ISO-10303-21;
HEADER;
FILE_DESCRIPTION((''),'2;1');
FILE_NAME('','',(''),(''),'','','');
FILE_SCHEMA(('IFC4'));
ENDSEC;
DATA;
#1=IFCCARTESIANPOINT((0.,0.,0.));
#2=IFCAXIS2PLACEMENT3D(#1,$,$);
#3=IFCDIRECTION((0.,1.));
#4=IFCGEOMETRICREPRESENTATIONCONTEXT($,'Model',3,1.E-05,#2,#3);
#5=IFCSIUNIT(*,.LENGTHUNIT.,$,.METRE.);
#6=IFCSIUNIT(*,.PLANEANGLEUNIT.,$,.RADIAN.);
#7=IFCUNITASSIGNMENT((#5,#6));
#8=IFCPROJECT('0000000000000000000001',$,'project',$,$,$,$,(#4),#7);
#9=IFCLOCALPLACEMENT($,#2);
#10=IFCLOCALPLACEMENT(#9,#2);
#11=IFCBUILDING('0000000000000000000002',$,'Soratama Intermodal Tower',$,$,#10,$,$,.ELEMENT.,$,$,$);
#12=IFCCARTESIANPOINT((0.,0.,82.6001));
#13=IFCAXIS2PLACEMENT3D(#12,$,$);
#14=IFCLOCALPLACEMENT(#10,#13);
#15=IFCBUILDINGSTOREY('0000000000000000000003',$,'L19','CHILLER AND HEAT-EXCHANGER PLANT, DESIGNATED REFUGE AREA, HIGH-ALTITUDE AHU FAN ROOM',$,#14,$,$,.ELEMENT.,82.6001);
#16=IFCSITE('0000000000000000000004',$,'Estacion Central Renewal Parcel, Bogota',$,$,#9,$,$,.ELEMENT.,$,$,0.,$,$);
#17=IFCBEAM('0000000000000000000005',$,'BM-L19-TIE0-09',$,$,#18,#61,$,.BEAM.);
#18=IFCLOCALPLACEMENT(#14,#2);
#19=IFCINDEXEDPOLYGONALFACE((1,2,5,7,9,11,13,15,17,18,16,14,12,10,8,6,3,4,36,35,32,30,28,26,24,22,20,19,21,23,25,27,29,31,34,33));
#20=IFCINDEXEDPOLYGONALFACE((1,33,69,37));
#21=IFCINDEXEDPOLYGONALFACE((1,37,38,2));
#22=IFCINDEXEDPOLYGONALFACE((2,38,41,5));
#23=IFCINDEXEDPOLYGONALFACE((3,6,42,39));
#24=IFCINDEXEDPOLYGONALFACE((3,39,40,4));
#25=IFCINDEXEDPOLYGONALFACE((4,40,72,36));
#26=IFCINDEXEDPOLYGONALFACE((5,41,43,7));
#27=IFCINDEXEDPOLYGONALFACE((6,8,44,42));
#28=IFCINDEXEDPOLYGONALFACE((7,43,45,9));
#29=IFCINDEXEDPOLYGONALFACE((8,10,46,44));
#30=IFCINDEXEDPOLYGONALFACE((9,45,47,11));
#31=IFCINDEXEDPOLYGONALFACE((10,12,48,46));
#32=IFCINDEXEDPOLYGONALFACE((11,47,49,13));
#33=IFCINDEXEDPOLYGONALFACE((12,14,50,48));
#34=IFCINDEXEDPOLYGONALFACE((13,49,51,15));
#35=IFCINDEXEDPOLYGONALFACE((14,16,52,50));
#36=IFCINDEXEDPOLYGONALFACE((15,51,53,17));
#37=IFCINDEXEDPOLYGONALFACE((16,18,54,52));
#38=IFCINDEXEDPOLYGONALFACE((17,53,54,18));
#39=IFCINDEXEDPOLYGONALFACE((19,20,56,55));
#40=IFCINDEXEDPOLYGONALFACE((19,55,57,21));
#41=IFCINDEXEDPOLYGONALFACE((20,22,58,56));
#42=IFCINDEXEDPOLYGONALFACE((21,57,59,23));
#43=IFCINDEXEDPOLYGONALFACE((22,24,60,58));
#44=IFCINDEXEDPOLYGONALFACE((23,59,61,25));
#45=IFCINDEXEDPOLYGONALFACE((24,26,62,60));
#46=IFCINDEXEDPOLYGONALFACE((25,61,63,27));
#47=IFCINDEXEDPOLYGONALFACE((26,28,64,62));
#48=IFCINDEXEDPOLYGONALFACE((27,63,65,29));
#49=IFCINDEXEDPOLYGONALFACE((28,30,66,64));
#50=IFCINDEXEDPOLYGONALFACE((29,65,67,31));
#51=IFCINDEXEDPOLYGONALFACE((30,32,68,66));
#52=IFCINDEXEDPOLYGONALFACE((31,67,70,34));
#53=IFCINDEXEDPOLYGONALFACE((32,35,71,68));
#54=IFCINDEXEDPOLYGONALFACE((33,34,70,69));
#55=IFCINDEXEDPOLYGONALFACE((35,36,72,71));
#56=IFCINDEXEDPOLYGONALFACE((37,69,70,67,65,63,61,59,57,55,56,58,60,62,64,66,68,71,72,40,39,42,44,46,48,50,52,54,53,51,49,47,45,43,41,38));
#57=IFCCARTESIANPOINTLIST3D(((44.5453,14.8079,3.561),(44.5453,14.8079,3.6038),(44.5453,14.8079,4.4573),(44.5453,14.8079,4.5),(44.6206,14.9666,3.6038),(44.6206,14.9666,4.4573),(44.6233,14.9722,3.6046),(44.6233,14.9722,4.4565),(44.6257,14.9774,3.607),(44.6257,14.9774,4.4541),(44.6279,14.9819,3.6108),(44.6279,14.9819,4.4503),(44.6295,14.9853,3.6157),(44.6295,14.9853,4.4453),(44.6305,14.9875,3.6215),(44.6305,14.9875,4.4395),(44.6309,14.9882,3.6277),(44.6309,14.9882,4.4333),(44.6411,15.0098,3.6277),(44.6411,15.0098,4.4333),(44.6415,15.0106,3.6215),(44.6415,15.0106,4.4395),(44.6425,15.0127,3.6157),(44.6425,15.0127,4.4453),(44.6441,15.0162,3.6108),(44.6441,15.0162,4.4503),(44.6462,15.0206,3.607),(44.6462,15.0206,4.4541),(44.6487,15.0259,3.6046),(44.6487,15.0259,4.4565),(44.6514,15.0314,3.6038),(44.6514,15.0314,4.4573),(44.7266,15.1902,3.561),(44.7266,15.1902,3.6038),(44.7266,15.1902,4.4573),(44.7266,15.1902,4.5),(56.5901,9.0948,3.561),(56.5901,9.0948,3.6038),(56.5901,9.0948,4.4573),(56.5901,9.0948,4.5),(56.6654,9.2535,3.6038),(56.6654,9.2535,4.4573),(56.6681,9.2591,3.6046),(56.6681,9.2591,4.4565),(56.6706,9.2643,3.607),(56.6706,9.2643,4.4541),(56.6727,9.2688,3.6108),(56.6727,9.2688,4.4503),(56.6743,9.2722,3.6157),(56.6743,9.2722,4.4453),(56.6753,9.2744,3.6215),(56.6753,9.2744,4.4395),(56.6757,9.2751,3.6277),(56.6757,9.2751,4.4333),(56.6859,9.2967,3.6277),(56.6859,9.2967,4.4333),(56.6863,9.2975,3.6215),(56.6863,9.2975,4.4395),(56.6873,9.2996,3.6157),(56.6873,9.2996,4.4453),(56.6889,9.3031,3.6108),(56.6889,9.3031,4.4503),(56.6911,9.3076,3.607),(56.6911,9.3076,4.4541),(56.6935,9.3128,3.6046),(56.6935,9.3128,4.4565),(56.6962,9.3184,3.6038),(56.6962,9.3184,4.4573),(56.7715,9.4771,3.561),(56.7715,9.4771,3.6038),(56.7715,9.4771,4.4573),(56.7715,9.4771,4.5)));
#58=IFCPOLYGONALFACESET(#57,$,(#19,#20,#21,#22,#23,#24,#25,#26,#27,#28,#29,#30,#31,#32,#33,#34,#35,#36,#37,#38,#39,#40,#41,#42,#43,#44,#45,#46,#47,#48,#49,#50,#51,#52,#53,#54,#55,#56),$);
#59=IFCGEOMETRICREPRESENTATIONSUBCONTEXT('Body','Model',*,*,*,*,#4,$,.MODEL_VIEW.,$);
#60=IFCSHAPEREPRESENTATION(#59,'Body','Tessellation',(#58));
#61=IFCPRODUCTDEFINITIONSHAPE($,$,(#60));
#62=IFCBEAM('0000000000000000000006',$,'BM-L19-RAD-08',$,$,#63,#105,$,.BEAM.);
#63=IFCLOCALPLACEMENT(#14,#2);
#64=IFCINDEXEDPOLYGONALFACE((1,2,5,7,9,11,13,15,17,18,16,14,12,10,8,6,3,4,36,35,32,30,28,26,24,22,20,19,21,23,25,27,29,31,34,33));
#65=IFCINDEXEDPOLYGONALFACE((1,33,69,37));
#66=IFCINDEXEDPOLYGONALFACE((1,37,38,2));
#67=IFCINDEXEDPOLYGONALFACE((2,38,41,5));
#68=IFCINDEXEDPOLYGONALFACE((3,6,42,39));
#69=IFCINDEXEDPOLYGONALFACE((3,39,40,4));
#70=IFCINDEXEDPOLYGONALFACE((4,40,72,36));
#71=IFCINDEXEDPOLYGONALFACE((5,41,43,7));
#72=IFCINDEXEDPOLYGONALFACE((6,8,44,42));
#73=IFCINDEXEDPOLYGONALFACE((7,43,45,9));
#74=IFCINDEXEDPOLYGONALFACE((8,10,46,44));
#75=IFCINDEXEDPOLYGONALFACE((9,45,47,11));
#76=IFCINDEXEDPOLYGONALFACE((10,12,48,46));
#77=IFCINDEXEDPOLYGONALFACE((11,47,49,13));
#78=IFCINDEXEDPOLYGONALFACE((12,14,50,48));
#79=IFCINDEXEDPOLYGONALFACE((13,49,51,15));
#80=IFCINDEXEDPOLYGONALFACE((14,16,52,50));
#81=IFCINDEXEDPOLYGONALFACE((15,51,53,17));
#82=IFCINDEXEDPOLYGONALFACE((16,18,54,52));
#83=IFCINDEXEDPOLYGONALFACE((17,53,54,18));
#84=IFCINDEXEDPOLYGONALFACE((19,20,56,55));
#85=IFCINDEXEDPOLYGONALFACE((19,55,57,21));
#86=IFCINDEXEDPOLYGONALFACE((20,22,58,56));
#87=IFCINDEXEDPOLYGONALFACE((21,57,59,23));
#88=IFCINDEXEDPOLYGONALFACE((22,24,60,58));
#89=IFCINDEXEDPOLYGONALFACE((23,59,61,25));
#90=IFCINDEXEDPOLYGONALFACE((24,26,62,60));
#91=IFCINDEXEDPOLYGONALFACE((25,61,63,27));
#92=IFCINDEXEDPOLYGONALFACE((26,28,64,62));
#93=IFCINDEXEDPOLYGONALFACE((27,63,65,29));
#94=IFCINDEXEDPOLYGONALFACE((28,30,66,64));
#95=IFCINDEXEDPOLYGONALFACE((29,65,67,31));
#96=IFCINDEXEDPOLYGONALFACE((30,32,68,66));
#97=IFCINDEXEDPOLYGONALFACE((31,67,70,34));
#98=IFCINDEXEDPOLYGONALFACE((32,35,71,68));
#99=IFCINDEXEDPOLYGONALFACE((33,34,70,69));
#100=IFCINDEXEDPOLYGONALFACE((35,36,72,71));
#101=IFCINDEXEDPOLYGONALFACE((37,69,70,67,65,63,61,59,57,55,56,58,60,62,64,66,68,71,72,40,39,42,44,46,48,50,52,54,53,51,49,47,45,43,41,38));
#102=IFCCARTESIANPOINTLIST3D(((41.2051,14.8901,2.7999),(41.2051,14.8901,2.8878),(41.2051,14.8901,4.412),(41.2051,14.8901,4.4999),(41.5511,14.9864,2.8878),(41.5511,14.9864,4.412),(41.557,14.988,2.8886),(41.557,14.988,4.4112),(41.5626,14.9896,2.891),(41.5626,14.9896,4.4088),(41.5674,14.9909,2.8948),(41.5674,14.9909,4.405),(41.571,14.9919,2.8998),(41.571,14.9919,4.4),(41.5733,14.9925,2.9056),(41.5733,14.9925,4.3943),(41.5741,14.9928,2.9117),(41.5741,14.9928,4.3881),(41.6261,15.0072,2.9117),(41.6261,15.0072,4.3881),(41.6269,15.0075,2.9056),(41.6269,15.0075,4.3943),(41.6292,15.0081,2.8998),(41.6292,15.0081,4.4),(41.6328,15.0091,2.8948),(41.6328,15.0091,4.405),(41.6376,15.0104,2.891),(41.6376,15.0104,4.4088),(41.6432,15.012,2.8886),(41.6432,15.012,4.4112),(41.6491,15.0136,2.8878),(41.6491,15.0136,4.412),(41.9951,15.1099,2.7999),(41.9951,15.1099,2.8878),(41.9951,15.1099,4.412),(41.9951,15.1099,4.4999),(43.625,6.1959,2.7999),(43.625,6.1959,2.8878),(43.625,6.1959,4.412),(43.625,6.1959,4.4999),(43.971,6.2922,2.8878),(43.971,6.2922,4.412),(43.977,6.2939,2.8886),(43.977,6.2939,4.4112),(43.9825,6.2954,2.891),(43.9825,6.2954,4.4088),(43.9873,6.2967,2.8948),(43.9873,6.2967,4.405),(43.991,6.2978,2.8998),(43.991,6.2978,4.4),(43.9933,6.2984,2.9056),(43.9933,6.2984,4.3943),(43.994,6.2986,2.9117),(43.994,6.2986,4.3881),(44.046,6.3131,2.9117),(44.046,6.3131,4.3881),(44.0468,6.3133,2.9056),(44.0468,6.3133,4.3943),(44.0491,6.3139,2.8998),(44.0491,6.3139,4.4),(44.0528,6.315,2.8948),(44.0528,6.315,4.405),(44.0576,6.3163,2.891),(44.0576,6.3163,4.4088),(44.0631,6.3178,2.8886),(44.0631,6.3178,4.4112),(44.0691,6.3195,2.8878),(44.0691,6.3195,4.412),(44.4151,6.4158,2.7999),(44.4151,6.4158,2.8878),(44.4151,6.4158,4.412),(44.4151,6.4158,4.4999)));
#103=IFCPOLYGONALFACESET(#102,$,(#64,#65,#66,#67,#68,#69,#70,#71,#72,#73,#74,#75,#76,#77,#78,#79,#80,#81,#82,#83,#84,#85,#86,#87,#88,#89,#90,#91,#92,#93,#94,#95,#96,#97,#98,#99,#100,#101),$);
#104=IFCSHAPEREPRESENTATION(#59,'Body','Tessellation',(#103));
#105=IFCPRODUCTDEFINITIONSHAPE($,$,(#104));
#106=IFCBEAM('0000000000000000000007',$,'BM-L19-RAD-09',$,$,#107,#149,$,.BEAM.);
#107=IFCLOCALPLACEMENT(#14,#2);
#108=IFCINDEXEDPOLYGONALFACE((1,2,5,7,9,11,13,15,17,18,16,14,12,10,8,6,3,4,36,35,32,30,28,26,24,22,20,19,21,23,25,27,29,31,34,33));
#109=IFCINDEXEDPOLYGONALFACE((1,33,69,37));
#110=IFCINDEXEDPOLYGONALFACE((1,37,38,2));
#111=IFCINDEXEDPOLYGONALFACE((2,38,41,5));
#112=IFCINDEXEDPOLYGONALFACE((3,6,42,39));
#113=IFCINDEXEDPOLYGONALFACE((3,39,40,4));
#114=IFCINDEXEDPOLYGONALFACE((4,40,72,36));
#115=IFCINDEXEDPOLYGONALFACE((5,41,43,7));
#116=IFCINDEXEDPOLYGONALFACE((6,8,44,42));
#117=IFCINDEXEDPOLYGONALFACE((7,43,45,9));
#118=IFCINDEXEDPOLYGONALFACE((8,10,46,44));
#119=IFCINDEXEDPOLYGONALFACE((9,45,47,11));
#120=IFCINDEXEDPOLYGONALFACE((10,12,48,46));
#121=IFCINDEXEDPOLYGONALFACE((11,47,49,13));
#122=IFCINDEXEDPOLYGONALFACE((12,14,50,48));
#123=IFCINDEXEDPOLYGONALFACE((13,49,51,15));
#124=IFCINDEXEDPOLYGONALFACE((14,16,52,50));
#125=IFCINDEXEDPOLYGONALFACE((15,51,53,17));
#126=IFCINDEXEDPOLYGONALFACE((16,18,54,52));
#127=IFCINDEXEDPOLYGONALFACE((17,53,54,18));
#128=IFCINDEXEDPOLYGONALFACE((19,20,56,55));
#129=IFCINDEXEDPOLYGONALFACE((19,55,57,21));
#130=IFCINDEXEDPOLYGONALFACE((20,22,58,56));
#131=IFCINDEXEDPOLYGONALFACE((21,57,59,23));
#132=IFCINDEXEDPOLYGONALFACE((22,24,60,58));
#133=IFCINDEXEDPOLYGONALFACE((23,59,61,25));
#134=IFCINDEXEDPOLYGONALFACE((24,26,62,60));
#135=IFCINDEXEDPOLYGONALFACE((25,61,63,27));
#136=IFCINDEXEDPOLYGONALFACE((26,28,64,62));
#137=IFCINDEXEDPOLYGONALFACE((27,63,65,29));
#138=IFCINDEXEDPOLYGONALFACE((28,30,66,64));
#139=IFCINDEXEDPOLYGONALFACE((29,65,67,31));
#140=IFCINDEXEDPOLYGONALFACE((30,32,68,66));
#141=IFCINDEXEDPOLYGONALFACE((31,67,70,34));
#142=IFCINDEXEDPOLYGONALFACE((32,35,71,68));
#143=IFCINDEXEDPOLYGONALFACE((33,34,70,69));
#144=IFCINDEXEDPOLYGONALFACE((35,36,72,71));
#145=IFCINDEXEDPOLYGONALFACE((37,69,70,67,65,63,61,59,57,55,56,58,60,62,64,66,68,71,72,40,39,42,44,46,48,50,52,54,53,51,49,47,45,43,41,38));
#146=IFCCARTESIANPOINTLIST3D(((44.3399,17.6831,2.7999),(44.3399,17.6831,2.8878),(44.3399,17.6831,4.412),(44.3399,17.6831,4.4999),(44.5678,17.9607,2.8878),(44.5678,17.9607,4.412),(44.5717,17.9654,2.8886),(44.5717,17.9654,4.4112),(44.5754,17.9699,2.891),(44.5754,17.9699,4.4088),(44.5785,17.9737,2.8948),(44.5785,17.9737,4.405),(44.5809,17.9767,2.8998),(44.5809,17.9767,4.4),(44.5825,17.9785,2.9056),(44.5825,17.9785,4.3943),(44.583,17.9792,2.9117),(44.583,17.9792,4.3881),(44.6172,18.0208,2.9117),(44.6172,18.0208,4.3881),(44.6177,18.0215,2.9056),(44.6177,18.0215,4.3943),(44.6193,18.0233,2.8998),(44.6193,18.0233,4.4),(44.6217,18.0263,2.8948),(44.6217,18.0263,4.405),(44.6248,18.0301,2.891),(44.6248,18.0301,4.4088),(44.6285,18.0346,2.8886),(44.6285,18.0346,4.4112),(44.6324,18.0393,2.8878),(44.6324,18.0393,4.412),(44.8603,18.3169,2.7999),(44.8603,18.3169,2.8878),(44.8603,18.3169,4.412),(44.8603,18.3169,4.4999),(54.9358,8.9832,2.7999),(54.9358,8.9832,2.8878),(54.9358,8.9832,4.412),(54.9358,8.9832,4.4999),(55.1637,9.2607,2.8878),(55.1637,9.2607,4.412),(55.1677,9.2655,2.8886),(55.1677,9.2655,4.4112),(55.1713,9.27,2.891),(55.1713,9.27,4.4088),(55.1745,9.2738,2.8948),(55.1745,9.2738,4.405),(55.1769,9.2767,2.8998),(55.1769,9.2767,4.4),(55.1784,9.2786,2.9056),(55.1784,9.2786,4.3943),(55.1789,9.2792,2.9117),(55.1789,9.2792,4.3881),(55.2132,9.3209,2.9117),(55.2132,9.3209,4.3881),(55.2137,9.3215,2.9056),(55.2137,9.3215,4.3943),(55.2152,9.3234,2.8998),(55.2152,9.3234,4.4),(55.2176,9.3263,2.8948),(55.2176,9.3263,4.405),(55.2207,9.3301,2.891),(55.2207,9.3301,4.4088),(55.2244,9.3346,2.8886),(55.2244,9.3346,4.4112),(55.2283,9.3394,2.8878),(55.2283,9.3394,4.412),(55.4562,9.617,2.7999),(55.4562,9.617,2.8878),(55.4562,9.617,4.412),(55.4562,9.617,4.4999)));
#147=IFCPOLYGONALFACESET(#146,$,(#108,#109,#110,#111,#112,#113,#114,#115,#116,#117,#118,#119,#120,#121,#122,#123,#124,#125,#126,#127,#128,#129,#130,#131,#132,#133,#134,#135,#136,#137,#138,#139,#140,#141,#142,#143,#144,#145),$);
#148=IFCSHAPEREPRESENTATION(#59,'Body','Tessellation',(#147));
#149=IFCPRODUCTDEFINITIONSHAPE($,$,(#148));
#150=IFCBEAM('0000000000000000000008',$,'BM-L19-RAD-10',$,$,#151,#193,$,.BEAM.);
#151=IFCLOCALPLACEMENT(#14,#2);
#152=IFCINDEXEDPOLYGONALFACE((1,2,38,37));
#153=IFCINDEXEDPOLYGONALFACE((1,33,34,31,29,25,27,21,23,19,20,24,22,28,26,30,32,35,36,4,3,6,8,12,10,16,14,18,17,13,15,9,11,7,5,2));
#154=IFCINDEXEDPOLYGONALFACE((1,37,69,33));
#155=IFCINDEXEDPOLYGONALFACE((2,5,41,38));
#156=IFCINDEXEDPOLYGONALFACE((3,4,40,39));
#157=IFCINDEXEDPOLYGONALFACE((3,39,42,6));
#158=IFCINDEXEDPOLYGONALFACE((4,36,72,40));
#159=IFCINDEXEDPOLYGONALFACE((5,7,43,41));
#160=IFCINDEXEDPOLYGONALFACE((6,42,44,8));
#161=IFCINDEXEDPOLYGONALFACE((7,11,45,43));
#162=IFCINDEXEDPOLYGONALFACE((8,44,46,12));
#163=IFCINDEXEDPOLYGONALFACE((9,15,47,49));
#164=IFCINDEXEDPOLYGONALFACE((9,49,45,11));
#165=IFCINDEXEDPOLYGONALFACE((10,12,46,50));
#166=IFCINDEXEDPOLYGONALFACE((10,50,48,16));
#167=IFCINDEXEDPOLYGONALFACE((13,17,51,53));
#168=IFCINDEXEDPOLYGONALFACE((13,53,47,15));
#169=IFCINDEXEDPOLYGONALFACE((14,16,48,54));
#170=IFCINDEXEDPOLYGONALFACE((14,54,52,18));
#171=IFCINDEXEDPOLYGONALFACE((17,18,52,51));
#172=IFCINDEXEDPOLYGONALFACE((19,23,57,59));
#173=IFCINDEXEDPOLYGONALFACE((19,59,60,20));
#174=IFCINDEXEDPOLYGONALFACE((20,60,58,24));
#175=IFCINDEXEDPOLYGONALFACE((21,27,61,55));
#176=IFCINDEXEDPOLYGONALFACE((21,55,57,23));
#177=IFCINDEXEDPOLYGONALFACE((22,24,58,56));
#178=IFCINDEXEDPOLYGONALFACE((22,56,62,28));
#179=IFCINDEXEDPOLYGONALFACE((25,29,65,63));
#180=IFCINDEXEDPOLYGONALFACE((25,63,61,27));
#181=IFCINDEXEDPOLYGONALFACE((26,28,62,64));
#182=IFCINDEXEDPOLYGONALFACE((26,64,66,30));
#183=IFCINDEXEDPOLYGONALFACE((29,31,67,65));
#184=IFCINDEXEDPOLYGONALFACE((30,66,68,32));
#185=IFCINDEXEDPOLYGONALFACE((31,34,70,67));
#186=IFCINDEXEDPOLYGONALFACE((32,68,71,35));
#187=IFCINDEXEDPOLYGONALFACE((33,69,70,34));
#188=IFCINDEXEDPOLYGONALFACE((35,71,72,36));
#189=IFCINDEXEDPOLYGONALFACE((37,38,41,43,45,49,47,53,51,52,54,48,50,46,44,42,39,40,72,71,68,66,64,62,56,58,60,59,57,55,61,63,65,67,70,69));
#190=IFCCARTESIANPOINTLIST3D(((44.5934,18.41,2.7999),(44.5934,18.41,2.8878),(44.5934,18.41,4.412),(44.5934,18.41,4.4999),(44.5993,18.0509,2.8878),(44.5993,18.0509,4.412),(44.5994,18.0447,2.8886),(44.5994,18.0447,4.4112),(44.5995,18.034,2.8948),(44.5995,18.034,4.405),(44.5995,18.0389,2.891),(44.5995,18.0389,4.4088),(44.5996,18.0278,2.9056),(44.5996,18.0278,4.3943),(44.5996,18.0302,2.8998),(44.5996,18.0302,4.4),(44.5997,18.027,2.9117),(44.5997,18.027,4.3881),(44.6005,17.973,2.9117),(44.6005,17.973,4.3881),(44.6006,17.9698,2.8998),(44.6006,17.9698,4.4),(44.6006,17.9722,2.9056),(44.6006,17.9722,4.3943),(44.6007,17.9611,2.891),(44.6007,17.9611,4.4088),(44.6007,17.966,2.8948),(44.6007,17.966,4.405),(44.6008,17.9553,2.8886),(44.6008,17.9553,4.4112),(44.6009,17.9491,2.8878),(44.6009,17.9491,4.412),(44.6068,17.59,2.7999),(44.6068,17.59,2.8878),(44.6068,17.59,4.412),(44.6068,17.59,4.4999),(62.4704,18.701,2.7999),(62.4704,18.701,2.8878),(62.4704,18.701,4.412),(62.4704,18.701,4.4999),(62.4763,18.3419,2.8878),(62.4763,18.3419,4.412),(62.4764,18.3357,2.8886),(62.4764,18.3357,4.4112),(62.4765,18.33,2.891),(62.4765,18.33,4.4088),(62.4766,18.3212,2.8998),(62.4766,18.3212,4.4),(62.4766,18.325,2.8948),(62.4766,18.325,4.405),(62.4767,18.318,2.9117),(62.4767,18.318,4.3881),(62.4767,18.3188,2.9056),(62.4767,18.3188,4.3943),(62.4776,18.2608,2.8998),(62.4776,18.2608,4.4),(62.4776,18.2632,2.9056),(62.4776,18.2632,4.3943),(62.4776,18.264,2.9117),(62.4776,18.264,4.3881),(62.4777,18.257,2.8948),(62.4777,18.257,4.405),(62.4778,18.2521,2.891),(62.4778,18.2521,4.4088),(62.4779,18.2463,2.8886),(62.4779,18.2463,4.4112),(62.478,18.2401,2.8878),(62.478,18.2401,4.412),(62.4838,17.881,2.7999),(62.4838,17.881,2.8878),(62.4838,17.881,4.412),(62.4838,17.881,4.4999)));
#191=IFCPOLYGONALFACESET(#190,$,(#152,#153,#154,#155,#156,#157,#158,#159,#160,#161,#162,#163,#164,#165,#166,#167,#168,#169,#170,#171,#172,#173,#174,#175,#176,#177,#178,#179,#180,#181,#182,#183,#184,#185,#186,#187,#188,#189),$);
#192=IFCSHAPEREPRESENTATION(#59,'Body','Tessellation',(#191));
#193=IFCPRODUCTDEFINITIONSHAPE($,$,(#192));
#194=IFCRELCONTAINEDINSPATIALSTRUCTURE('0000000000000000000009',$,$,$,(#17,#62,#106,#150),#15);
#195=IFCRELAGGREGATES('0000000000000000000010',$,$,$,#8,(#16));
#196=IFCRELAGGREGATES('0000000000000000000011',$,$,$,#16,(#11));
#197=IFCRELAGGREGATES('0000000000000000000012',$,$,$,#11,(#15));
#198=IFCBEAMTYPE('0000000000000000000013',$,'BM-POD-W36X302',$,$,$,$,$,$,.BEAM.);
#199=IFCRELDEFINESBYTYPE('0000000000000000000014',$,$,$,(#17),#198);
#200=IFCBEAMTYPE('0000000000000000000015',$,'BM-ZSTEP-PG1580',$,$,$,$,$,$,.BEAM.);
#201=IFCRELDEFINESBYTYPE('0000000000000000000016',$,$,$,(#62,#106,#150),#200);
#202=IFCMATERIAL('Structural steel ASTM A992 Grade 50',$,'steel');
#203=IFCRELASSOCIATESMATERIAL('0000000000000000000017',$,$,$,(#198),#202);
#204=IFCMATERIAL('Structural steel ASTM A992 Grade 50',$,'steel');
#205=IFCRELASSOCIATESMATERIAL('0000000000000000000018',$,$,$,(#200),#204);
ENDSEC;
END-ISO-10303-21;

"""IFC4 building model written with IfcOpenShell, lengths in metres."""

from ifc_helpers import new_model, si_unit, direction, frame, origin, origin_2d, place, context, subcontext, project, spatial, i_section, extrude, material, material_profile, profile_set, type_object, element, save


model = new_model("IFC4")

# Units and contexts
model_context = context("Model", 3, precision=1e-05, world=origin(), true_north=direction((0.0, 1.0)))
body_context = subcontext(model_context, "Body", "Model", "MODEL_VIEW")
ifc_project = project(units=[si_unit("LENGTHUNIT", "METRE"), si_unit("PLANEANGLEUNIT", "RADIAN")], contexts=[model_context])

# Site, building, storey
site_placement = place(None, origin())
site = spatial("IfcSite", under=ifc_project, at=site_placement, Name="Estacion Central Renewal Parcel, Bogota", CompositionType="ELEMENT", RefElevation=0.0)
building_placement = place(site_placement, origin())
building = spatial("IfcBuilding", under=site, at=building_placement, Name="Soratama Intermodal Tower", CompositionType="ELEMENT")
storey_placement = place(building_placement, frame((0.0, 0.0, 82.6001)))
storey = spatial("IfcBuildingStorey", under=building, at=storey_placement, Name="L19", Description="CHILLER AND HEAT-EXCHANGER PLANT, DESIGNATED REFUGE AREA, HIGH-ALTITUDE AHU FAN ROOM", CompositionType="ELEMENT", Elevation=82.6001)

# Beams
ifc_material_1 = material(Name="Structural steel ASTM A992 Grade 50", Category="steel")
ifc_material_profile_1 = material_profile(ifc_material_1, i_section(OverallWidth=0.4231, OverallDepth=0.939, WebThickness=0.0239, FlangeThickness=0.0427, FilletRadius=0.0239, at=origin_2d()), Name="W36X302")
ifc_profile_set_1 = profile_set([ifc_material_profile_1], Name="Structural steel ASTM A992 Grade 50")
beam_type_1 = type_object("IfcBeamType", Name="BM-POD-W36X302", PredefinedType="BEAM", material=ifc_profile_set_1)
beam_1_placement = place(storey_placement, frame((44.636, 14.999, 4.0305), z_axis=(0.903516, -0.428555, 0.0), x_axis=(0.428555, 0.903516, 0.0)))
element("IfcBeam", 1, at=beam_1_placement, inside=storey, type_object=beam_type_1, Name="BM-L19-TIE0-09", PredefinedType="BEAM", context=body_context, shape_type="SweptSolid", body=[
    extrude(i_section(OverallWidth=0.4231, OverallDepth=0.939, WebThickness=0.0239, FlangeThickness=0.0427, FilletRadius=0.0239, at=origin_2d()), origin(), (0.0, 0.0, 1.0), 13.3311),
])
ifc_material_2 = material(Name="Structural steel ASTM A992 Grade 50", Category="steel")
ifc_material_profile_2 = material_profile(ifc_material_2, i_section(OverallWidth=0.8201, OverallDepth=1.7, WebThickness=0.054, FlangeThickness=0.0879, FilletRadius=0.0239, at=origin_2d()), Name="PG1580X800")
ifc_profile_set_2 = profile_set([ifc_material_profile_2], Name="Structural steel ASTM A992 Grade 50")
beam_type_2 = type_object("IfcBeamType", Name="BM-ZSTEP-PG1580", PredefinedType="BEAM", material=ifc_profile_set_2)
beam_2_placement = place(storey_placement, frame((41.6001, 15.0, 3.6499), z_axis=(0.268148, -0.963378, 0.0), x_axis=(0.963378, 0.268148, 0.0)))
element("IfcBeam", 2, at=beam_2_placement, inside=storey, type_object=beam_type_2, Name="BM-L19-RAD-08", PredefinedType="BEAM", context=body_context, shape_type="SweptSolid", body=[
    extrude(i_section(OverallWidth=0.8201, OverallDepth=1.7, WebThickness=0.054, FlangeThickness=0.0879, FilletRadius=0.0239, at=origin_2d()), origin(), (0.0, 0.0, 1.0), 9.0247),
])
beam_3_placement = place(storey_placement, frame((44.6001, 18.0, 3.6499), z_axis=(0.772864, -0.634571, 0.0), x_axis=(0.634571, 0.772864, 0.0)))
element("IfcBeam", 3, at=beam_3_placement, inside=storey, type_object=beam_type_2, Name="BM-L19-RAD-09", PredefinedType="BEAM", context=body_context, shape_type="SweptSolid", body=[
    extrude(i_section(OverallWidth=0.8201, OverallDepth=1.7, WebThickness=0.054, FlangeThickness=0.0879, FilletRadius=0.0239, at=origin_2d()), origin(), (0.0, 0.0, 1.0), 13.71),
])
beam_4_placement = place(storey_placement, frame((44.6001, 18.0, 3.6499), z_axis=(0.999868, 0.016277, 0.0), x_axis=(-0.016277, 0.999868, 0.0)))
element("IfcBeam", 4, at=beam_4_placement, inside=storey, type_object=beam_type_2, Name="BM-L19-RAD-10", PredefinedType="BEAM", context=body_context, shape_type="SweptSolid", body=[
    extrude(i_section(OverallWidth=0.8201, OverallDepth=1.7, WebThickness=0.054, FlangeThickness=0.0879, FilletRadius=0.0239, at=origin_2d()), origin(), (0.0, 0.0, 1.0), 17.8794),
])

save(model, "model.ifc")
